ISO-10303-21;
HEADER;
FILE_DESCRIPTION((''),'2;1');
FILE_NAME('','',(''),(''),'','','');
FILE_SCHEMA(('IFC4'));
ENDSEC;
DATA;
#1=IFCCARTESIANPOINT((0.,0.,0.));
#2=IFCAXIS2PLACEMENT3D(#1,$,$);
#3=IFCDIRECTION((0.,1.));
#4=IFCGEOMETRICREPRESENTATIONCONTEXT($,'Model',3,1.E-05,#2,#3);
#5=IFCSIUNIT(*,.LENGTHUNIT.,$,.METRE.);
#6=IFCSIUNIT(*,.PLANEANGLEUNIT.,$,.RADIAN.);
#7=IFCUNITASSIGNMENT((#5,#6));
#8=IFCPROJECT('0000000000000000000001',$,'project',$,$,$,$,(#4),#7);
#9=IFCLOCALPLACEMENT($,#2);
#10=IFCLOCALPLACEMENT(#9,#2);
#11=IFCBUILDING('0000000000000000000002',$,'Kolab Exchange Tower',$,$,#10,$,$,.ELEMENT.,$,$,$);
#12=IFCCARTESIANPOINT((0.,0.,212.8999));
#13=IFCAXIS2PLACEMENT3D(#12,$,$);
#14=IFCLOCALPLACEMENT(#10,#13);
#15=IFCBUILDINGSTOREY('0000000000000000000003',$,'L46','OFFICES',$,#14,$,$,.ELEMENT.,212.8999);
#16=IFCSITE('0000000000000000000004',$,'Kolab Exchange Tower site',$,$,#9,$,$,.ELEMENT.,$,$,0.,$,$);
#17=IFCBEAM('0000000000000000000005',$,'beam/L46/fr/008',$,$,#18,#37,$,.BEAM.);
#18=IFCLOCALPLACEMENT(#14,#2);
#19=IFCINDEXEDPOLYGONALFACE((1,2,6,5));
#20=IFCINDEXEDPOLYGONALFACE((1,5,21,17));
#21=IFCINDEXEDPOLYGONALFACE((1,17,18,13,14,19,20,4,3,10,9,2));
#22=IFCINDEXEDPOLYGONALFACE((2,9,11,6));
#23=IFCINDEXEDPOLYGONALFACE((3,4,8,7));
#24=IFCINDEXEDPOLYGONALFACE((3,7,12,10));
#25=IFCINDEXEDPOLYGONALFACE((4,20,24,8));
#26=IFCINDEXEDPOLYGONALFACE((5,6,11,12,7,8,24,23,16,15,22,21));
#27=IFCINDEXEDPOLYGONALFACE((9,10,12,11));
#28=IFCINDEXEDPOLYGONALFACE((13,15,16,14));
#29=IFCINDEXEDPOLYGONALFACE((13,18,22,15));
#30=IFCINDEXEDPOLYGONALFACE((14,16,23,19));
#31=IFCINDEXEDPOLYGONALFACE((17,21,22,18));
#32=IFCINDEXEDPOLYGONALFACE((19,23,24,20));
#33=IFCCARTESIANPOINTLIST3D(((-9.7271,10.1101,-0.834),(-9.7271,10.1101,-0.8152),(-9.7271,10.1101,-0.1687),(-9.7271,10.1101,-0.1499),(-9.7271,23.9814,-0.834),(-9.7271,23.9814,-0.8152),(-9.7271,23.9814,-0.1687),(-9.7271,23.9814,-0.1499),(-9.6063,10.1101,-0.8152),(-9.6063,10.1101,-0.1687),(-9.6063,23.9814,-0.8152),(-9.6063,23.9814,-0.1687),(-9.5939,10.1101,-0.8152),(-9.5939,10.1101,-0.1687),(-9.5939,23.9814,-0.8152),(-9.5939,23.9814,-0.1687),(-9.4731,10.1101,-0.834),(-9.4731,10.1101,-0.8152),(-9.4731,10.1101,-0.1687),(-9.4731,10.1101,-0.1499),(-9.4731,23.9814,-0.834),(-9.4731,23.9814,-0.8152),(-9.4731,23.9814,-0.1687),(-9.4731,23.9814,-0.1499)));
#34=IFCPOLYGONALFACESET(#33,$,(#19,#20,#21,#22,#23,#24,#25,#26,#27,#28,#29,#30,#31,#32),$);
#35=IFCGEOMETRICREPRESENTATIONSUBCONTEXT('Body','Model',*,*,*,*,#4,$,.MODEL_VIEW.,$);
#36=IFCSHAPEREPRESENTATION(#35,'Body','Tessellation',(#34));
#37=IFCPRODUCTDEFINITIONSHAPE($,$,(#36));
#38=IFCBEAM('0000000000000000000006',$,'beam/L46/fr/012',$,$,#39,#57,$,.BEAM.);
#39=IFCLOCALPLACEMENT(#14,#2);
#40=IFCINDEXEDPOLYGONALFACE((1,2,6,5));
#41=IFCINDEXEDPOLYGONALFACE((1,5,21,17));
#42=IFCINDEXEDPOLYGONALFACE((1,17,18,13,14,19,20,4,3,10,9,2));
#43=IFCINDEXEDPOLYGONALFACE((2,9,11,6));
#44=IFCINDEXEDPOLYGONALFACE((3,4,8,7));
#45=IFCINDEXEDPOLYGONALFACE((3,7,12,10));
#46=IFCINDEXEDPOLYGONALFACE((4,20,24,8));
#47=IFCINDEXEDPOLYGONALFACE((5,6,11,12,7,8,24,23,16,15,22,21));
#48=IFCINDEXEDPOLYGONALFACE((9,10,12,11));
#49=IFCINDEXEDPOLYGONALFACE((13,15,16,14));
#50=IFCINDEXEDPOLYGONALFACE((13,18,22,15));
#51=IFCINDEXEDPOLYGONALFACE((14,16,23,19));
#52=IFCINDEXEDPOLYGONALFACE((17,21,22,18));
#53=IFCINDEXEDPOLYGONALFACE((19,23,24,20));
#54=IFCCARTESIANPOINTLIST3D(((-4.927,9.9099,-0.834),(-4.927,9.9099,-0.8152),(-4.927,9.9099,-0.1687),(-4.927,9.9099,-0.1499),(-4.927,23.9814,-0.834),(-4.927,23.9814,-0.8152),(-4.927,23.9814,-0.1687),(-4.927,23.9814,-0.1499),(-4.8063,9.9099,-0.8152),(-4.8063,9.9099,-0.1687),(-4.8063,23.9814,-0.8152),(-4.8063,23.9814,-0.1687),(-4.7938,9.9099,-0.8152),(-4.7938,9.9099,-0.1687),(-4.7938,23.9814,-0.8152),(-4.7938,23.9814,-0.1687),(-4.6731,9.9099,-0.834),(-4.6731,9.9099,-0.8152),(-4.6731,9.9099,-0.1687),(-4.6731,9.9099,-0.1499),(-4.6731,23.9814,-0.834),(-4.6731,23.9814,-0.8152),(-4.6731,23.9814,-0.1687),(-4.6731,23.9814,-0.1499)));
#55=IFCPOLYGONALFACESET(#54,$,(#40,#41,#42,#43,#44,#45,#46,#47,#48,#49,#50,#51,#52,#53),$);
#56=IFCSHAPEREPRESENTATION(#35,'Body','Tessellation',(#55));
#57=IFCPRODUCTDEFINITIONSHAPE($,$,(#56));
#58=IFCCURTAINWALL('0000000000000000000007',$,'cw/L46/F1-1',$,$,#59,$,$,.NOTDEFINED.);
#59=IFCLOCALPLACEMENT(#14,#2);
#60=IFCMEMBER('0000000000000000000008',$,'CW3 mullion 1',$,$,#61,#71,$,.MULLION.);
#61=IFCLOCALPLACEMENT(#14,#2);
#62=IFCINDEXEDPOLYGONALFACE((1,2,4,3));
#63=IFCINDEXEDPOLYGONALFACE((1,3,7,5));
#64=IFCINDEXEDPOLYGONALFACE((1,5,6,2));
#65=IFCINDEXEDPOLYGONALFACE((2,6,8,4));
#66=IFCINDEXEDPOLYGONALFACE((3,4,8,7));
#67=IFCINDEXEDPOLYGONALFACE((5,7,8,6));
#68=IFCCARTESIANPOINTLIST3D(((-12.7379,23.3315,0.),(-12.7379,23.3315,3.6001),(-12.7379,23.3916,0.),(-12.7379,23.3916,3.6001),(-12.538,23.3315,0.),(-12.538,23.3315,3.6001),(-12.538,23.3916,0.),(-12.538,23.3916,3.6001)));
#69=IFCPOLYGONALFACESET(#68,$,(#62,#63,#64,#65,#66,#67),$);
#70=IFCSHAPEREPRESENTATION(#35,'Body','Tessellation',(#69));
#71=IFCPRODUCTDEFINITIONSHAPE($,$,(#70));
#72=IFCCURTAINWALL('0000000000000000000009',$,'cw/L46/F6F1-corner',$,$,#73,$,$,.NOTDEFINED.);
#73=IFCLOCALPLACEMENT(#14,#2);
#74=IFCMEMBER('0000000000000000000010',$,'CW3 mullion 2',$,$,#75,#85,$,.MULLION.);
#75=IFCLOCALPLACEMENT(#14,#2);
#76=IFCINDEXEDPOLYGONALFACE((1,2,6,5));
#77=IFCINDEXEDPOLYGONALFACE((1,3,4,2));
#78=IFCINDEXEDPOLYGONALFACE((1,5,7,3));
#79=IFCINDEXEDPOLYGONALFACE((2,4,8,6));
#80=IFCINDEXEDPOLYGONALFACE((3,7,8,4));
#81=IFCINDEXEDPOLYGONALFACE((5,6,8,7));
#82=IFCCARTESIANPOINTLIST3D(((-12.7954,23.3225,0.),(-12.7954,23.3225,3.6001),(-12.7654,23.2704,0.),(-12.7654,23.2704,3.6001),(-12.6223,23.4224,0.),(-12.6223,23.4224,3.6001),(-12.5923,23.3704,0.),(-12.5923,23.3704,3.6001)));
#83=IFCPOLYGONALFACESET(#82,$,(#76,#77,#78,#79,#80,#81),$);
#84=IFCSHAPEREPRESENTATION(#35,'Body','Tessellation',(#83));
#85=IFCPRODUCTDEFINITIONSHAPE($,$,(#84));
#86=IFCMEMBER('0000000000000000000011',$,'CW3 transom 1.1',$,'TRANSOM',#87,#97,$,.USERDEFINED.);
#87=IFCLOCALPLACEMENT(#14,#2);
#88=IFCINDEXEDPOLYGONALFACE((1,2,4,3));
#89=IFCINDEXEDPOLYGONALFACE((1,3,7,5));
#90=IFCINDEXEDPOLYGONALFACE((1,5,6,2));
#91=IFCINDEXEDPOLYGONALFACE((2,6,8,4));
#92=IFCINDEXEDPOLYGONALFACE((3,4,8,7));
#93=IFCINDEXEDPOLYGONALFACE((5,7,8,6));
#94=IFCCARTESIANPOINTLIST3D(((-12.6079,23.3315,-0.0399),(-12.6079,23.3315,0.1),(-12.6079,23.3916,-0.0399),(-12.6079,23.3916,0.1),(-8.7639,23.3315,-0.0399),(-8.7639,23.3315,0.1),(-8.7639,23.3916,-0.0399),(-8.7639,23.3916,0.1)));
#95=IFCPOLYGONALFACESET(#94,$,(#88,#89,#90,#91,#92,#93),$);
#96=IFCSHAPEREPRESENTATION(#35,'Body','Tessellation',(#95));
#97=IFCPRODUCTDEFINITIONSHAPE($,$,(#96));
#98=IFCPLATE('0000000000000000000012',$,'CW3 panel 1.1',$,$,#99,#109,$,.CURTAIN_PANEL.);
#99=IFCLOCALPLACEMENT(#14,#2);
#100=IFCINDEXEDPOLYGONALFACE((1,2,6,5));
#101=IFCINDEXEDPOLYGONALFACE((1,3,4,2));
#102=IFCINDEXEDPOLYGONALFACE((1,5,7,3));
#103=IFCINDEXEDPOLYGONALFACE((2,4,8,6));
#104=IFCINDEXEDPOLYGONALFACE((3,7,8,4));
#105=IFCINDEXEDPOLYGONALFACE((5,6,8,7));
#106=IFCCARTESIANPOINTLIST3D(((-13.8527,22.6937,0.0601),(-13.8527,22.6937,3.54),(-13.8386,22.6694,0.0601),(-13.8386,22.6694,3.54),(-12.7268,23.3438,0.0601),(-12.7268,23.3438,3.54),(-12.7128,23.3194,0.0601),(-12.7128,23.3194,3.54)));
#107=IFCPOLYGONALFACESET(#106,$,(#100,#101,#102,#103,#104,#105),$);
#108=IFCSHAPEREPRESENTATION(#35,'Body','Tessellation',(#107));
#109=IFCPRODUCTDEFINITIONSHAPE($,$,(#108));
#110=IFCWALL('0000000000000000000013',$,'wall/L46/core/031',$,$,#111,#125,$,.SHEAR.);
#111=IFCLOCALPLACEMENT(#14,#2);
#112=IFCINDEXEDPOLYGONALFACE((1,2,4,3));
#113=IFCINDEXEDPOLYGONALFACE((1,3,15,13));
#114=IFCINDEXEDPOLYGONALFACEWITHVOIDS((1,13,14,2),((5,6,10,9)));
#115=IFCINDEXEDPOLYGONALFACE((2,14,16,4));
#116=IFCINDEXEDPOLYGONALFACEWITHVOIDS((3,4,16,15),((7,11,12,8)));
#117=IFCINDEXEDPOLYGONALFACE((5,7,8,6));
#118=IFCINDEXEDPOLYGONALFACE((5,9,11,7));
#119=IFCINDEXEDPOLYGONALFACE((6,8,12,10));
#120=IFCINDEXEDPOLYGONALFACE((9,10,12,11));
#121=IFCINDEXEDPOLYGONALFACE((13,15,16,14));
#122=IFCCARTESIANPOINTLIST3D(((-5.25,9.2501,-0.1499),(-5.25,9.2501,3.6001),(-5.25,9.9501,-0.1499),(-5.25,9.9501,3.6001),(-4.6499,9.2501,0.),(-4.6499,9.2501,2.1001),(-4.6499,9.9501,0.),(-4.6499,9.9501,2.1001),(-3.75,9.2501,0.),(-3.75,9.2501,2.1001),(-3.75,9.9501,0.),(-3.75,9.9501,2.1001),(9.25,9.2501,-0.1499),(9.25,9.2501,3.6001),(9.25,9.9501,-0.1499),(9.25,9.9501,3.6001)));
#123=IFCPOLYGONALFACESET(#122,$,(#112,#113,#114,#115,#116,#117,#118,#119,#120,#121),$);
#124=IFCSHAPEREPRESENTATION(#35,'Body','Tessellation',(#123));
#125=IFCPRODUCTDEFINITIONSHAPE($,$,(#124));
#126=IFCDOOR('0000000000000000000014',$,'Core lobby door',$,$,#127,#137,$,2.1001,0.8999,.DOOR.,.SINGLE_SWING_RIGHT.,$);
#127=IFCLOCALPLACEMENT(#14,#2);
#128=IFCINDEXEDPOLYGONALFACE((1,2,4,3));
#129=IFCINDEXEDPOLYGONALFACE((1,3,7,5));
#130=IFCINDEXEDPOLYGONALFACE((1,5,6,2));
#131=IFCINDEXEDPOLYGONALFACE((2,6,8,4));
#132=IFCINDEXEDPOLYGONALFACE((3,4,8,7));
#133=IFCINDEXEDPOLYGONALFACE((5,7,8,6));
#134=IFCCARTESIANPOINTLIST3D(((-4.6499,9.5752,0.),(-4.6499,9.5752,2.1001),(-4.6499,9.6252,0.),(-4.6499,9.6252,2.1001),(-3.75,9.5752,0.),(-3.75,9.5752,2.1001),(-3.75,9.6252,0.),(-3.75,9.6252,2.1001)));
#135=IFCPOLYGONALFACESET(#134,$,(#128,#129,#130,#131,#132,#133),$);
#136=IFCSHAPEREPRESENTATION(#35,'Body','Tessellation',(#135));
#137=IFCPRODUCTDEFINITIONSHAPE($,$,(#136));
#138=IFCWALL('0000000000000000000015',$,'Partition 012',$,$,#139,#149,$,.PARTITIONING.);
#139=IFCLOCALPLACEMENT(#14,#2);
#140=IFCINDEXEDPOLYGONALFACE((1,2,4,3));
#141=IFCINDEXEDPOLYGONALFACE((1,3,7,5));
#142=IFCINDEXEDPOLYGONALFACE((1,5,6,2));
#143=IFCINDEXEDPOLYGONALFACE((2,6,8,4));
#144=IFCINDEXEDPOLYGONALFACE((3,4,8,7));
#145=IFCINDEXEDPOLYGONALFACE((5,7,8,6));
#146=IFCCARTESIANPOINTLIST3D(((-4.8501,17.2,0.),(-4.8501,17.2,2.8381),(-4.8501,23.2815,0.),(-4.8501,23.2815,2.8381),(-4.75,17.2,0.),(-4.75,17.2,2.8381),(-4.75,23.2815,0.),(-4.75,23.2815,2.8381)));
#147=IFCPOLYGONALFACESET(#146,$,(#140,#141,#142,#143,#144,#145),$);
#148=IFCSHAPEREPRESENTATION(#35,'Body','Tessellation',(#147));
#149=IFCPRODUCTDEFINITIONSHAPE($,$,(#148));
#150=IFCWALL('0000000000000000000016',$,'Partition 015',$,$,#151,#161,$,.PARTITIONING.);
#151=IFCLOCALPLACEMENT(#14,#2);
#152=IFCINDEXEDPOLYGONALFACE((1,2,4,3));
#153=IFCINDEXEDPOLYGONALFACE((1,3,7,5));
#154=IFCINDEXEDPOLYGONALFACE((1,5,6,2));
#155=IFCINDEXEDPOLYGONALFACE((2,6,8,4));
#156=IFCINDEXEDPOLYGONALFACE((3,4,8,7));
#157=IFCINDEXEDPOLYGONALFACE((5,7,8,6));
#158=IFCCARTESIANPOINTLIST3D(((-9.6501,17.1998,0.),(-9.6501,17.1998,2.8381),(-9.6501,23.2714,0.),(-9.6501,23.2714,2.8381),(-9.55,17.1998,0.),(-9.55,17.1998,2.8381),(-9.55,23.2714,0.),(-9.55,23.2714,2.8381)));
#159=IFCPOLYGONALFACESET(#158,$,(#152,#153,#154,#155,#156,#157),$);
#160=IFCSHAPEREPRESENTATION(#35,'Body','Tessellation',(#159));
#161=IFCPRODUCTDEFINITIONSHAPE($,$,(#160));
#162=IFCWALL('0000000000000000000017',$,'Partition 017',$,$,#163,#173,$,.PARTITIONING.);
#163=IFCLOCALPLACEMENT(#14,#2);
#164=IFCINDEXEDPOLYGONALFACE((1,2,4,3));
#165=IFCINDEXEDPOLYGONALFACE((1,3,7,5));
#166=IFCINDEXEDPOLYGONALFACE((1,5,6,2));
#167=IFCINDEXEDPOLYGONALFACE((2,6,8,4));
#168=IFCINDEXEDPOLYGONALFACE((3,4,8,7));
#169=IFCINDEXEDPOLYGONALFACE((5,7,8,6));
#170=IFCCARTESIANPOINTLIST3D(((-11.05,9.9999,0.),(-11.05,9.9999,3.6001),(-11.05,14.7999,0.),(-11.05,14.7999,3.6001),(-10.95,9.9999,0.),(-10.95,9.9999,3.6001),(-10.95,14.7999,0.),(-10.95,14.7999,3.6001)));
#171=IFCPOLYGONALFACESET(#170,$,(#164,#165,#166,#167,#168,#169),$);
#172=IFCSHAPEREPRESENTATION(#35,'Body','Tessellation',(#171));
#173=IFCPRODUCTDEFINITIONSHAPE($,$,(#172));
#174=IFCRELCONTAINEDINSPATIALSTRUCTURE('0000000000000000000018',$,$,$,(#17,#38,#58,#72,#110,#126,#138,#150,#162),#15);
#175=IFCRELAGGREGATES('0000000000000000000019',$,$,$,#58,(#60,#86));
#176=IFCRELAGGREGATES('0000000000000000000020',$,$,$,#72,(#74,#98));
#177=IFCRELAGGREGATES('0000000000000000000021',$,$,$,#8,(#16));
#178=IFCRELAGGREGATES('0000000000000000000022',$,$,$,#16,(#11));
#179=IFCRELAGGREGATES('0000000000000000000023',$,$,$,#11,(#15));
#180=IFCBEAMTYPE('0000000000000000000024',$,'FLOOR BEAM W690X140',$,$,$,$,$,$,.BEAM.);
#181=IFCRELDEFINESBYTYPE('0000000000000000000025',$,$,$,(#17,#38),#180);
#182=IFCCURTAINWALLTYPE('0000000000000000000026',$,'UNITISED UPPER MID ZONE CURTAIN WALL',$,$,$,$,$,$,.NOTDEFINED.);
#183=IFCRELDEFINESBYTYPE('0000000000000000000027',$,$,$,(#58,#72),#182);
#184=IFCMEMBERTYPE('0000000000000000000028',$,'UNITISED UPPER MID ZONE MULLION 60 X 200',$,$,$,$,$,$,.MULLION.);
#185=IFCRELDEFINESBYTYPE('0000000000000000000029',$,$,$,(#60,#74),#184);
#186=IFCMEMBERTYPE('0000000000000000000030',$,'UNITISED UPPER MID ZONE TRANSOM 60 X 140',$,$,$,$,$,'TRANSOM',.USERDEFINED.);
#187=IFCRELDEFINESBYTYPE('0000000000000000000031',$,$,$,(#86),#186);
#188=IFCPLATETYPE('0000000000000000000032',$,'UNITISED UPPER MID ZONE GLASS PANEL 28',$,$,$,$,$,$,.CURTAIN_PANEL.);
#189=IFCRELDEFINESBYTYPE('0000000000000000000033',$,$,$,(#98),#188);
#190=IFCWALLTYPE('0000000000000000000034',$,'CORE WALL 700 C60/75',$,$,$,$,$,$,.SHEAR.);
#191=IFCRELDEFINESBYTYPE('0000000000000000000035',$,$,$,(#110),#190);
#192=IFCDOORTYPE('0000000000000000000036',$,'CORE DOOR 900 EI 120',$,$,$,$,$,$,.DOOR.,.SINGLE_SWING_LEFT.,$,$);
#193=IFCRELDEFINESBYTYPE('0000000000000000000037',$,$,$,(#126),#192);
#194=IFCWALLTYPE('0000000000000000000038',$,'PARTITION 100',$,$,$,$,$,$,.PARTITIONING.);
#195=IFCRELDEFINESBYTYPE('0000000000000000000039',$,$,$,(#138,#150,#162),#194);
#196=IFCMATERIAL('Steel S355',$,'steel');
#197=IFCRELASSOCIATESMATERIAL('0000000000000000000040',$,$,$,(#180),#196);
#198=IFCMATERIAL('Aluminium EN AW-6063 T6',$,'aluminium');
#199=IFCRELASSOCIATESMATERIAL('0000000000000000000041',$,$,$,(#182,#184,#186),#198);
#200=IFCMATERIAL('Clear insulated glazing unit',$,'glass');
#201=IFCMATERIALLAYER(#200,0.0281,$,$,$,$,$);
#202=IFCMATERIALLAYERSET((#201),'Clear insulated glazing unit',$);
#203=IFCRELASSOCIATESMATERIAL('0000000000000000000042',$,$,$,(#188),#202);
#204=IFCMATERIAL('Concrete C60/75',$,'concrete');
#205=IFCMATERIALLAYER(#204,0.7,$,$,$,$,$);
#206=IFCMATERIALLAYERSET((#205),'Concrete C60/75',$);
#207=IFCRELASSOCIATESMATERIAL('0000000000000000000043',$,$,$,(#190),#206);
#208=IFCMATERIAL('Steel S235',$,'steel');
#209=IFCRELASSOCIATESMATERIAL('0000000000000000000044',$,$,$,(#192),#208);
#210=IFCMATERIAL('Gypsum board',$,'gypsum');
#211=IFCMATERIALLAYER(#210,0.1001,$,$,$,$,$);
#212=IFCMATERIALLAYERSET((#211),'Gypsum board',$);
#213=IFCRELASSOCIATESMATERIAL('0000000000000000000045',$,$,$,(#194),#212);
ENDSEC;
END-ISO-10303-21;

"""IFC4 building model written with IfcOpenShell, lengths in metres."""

from ifc_helpers import new_model, si_unit, direction, frame, frame_2d, origin, origin_2d, place, context, subcontext, project, spatial, rectangle, i_section, extrude, material, layer, layer_set, material_profile, profile_set, type_object, element, fill, aggregate, save


model = new_model("IFC4")

# Units and contexts
model_context = context("Model", 3, precision=1e-05, world=origin(), true_north=direction((0.0, 1.0)))
body_context = subcontext(model_context, "Body", "Model", "MODEL_VIEW")
ifc_project = project(units=[si_unit("LENGTHUNIT", "METRE"), si_unit("PLANEANGLEUNIT", "RADIAN")], contexts=[model_context])

# Site, building, storey
site_placement = place(None, origin())
site = spatial("IfcSite", under=ifc_project, at=site_placement, Name="Kolab Exchange Tower site", CompositionType="ELEMENT", RefElevation=0.0)
building_placement = place(site_placement, origin())
building = spatial("IfcBuilding", under=site, at=building_placement, Name="Kolab Exchange Tower", CompositionType="ELEMENT")
storey_placement = place(building_placement, frame((0.0, 0.0, 212.8999)))
storey = spatial("IfcBuildingStorey", under=building, at=storey_placement, Name="L46", Description="OFFICES", CompositionType="ELEMENT", Elevation=212.8999)

# Beams
ifc_material_1 = material(Name="Steel S355", Category="steel")
ifc_material_profile_1 = material_profile(ifc_material_1, i_section(OverallWidth=0.2539, OverallDepth=0.6841, WebThickness=0.0125, FlangeThickness=0.0188, at=origin_2d()), Name="W690X140")
ifc_profile_set_1 = profile_set([ifc_material_profile_1], Name="Steel S355")
beam_type = type_object("IfcBeamType", Name="FLOOR BEAM W690X140", PredefinedType="BEAM", material=ifc_profile_set_1)
beam_1_placement = place(storey_placement, frame((-9.6001, 10.1101, -0.4919), z_axis=(0.0, 1.0, 0.0), x_axis=(-1.0, 0.0, 0.0)))
element("IfcBeam", 1, at=beam_1_placement, inside=storey, type_object=beam_type, Name="beam/L46/fr/008", PredefinedType="BEAM", context=body_context, shape_type="SweptSolid", body=[
    extrude(i_section(OverallWidth=0.2539, OverallDepth=0.6841, WebThickness=0.0125, FlangeThickness=0.0188, at=origin_2d()), origin(), (0.0, 0.0, 1.0), 13.8713),
])
beam_2_placement = place(storey_placement, frame((-4.8, 9.9099, -0.4919), z_axis=(0.0, 1.0, 0.0), x_axis=(-1.0, 0.0, 0.0)))
element("IfcBeam", 2, at=beam_2_placement, inside=storey, type_object=beam_type, Name="beam/L46/fr/012", PredefinedType="BEAM", context=body_context, shape_type="SweptSolid", body=[
    extrude(i_section(OverallWidth=0.2539, OverallDepth=0.6841, WebThickness=0.0125, FlangeThickness=0.0188, at=origin_2d()), origin(), (0.0, 0.0, 1.0), 14.0715),
])

# Curtain walls, members
ifc_material_2 = material(Name="Aluminium EN AW-6063 T6", Category="aluminium")
curtain_wall_type = type_object("IfcCurtainWallType", Name="UNITISED UPPER MID ZONE CURTAIN WALL", PredefinedType="NOTDEFINED", material=ifc_material_2)
curtain_wall_1_placement = place(storey_placement, origin())
curtain_wall_1 = element("IfcCurtainWall", 3, at=curtain_wall_1_placement, inside=storey, type_object=curtain_wall_type, Name="cw/L46/F1-1", PredefinedType="NOTDEFINED")
ifc_material_profile_2 = material_profile(ifc_material_2, rectangle(XDim=0.0601, YDim=0.2, at=origin_2d()), Name="RECT 60X200")
ifc_profile_set_2 = profile_set([ifc_material_profile_2], Name="Aluminium EN AW-6063 T6")
member_type_1 = type_object("IfcMemberType", Name="UNITISED UPPER MID ZONE MULLION 60 X 200", PredefinedType="MULLION", material=ifc_profile_set_2)
member_1_placement = place(storey_placement, frame((-12.6379, 23.3616, 0.0), z_axis=(0.0, 0.0, 1.0), x_axis=(0.0, 1.0, 0.0)))
member_1 = element("IfcMember", 4, at=member_1_placement, type_object=member_type_1, Name="CW3 mullion 1", PredefinedType="MULLION", context=body_context, shape_type="SweptSolid", body=[
    extrude(rectangle(XDim=0.0601, YDim=0.2, at=origin_2d()), origin(), (0.0, 0.0, 1.0), 3.6001),
])
curtain_wall_2_placement = place(storey_placement, origin())
curtain_wall_2 = element("IfcCurtainWall", 5, at=curtain_wall_2_placement, inside=storey, type_object=curtain_wall_type, Name="cw/L46/F6F1-corner", PredefinedType="NOTDEFINED")
member_2_placement = place(storey_placement, frame((-12.6938, 23.3464, 0.0), z_axis=(0.0, 0.0, 1.0), x_axis=(-0.5, 0.866025, 0.0)))
member_2 = element("IfcMember", 6, at=member_2_placement, type_object=member_type_1, Name="CW3 mullion 2", PredefinedType="MULLION", context=body_context, shape_type="SweptSolid", body=[
    extrude(rectangle(XDim=0.0601, YDim=0.2, at=origin_2d()), origin(), (0.0, 0.0, 1.0), 3.6001),
])

# Member
ifc_material_profile_3 = material_profile(ifc_material_2, rectangle(XDim=0.0601, YDim=0.1399, at=origin_2d()), Name="RECT 60X140")
ifc_profile_set_3 = profile_set([ifc_material_profile_3], Name="Aluminium EN AW-6063 T6")
member_type_2 = type_object("IfcMemberType", Name="UNITISED UPPER MID ZONE TRANSOM 60 X 140", ElementType="TRANSOM", PredefinedType="USERDEFINED", material=ifc_profile_set_3)
member_3_placement = place(storey_placement, frame((-12.6079, 23.3616, 0.03), z_axis=(1.0, 0.0, 0.0), x_axis=(0.0, 1.0, 0.0)))
member_3 = element("IfcMember", 7, at=member_3_placement, type_object=member_type_2, Name="CW3 transom 1.1", ObjectType="TRANSOM", PredefinedType="USERDEFINED", context=body_context, shape_type="SweptSolid", body=[
    extrude(rectangle(XDim=0.0601, YDim=0.1399, at=origin_2d()), origin(), (0.0, 0.0, 1.0), 3.844),
])
aggregate(curtain_wall_1, [member_1, member_3])

# Plate
ifc_material_3 = material(Name="Clear insulated glazing unit", Category="glass")
ifc_layer_1 = layer(ifc_material_3, 0.0281)
ifc_layer_set_1 = layer_set([ifc_layer_1], Name="Clear insulated glazing unit")
plate_type = type_object("IfcPlateType", Name="UNITISED UPPER MID ZONE GLASS PANEL 28", PredefinedType="CURTAIN_PANEL", material=ifc_layer_set_1)
plate_placement = place(storey_placement, frame((-13.2827, 23.0066, 0.0601), z_axis=(0.0, 0.0, 1.0), x_axis=(0.866025, 0.5, 0.0)))
plate = element("IfcPlate", 8, at=plate_placement, type_object=plate_type, Name="CW3 panel 1.1", PredefinedType="CURTAIN_PANEL", context=body_context, shape_type="SweptSolid", body=[
    extrude(rectangle(XDim=1.3, YDim=0.0281, at=origin_2d()), origin(), (0.0, 0.0, 1.0), 3.48),
])
aggregate(curtain_wall_2, [member_2, plate])

# Wall, opening, door
ifc_material_4 = material(Name="Concrete C60/75", Category="concrete")
ifc_layer_2 = layer(ifc_material_4, 0.7)
ifc_layer_set_2 = layer_set([ifc_layer_2], Name="Concrete C60/75")
wall_type_1 = type_object("IfcWallType", Name="CORE WALL 700 C60/75", PredefinedType="SHEAR", material=ifc_layer_set_2)
wall_1_placement = place(storey_placement, frame((-5.25, 9.6001, -0.1499), z_axis=(0.0, 0.0, 1.0), x_axis=(1.0, 0.0, 0.0)))
wall_1 = element("IfcWall", 9, at=wall_1_placement, inside=storey, type_object=wall_type_1, Name="wall/L46/core/031", PredefinedType="SHEAR", context=body_context, shape_type="SweptSolid", body=[
    extrude(rectangle(XDim=14.5, YDim=0.7, at=frame_2d((7.25, 0.0))), origin(), (0.0, 0.0, 1.0), 3.75),
])
opening_1_placement = place(wall_1_placement, frame((0.6001, 0.0, 0.1499)))
opening_1 = element("IfcOpeningElement", 10, at=opening_1_placement, cuts=wall_1, PredefinedType="OPENING", context=body_context, shape_type="SweptSolid", body=[
    extrude(rectangle(XDim=0.8999, YDim=2.1001, at=frame_2d((0.45, 1.05))), frame((0.0, 0.3599, 0.0), z_axis=(0.0, -1.0, 0.0), x_axis=(1.0, 0.0, 0.0)), (0.0, 0.0, 1.0), 0.72),
])
ifc_material_5 = material(Name="Steel S235", Category="steel")
door_type_1 = type_object("IfcDoorType", Name="CORE DOOR 900 EI 120", OperationType="SINGLE_SWING_LEFT", PredefinedType="DOOR", material=ifc_material_5)
door_1_placement = place(opening_1_placement, frame((0.8999, 0.0, 0.0), z_axis=(0.0, 0.0, 1.0), x_axis=(-1.0, 0.0, 0.0)))
door_1 = element("IfcDoor", 11, at=door_1_placement, inside=storey, type_object=door_type_1, Name="Core lobby door", OperationType="SINGLE_SWING_RIGHT", OverallHeight=2.1001, OverallWidth=0.8999, PredefinedType="DOOR", context=body_context, shape_type="SweptSolid", body=[
    extrude(rectangle(XDim=0.8999, YDim=2.1001, at=frame_2d((0.45, 1.05))), frame((0.0, 0.0249, 0.0), z_axis=(0.0, -1.0, 0.0), x_axis=(1.0, 0.0, 0.0)), (0.0, 0.0, 1.0), 0.05),
])
fill(opening_1, door_1)

# Walls
ifc_material_6 = material(Name="Gypsum board", Category="gypsum")
ifc_layer_3 = layer(ifc_material_6, 0.1001)
ifc_layer_set_3 = layer_set([ifc_layer_3], Name="Gypsum board")
wall_type_2 = type_object("IfcWallType", Name="PARTITION 100", PredefinedType="PARTITIONING", material=ifc_layer_set_3)
wall_2_placement = place(storey_placement, frame((-4.8, 17.2, 0.0), z_axis=(0.0, 0.0, 1.0), x_axis=(0.0, 1.0, 0.0)))
element("IfcWall", 12, at=wall_2_placement, inside=storey, type_object=wall_type_2, Name="Partition 012", PredefinedType="PARTITIONING", context=body_context, shape_type="SweptSolid", body=[
    extrude(rectangle(XDim=6.0815, YDim=0.1001, at=frame_2d((3.0408, 0.0))), origin(), (0.0, 0.0, 1.0), 2.8381),
])
wall_3_placement = place(storey_placement, frame((-9.6001, 17.2, 0.0), z_axis=(0.0, 0.0, 1.0), x_axis=(0.0, 1.0, 0.0)))
element("IfcWall", 13, at=wall_3_placement, inside=storey, type_object=wall_type_2, Name="Partition 015", PredefinedType="PARTITIONING", context=body_context, shape_type="SweptSolid", body=[
    extrude(rectangle(XDim=6.0715, YDim=0.1001, at=frame_2d((3.0356, 0.0))), origin(), (0.0, 0.0, 1.0), 2.8381),
])
wall_4_placement = place(storey_placement, frame((-11.0, 10.0, 0.0), z_axis=(0.0, 0.0, 1.0), x_axis=(0.0, 1.0, 0.0)))
element("IfcWall", 14, at=wall_4_placement, inside=storey, type_object=wall_type_2, Name="Partition 017", PredefinedType="PARTITIONING", context=body_context, shape_type="SweptSolid", body=[
    extrude(rectangle(XDim=4.8, YDim=0.1001, at=frame_2d((2.3999, 0.0))), origin(), (0.0, 0.0, 1.0), 3.6001),
])

save(model, "model.ifc")
